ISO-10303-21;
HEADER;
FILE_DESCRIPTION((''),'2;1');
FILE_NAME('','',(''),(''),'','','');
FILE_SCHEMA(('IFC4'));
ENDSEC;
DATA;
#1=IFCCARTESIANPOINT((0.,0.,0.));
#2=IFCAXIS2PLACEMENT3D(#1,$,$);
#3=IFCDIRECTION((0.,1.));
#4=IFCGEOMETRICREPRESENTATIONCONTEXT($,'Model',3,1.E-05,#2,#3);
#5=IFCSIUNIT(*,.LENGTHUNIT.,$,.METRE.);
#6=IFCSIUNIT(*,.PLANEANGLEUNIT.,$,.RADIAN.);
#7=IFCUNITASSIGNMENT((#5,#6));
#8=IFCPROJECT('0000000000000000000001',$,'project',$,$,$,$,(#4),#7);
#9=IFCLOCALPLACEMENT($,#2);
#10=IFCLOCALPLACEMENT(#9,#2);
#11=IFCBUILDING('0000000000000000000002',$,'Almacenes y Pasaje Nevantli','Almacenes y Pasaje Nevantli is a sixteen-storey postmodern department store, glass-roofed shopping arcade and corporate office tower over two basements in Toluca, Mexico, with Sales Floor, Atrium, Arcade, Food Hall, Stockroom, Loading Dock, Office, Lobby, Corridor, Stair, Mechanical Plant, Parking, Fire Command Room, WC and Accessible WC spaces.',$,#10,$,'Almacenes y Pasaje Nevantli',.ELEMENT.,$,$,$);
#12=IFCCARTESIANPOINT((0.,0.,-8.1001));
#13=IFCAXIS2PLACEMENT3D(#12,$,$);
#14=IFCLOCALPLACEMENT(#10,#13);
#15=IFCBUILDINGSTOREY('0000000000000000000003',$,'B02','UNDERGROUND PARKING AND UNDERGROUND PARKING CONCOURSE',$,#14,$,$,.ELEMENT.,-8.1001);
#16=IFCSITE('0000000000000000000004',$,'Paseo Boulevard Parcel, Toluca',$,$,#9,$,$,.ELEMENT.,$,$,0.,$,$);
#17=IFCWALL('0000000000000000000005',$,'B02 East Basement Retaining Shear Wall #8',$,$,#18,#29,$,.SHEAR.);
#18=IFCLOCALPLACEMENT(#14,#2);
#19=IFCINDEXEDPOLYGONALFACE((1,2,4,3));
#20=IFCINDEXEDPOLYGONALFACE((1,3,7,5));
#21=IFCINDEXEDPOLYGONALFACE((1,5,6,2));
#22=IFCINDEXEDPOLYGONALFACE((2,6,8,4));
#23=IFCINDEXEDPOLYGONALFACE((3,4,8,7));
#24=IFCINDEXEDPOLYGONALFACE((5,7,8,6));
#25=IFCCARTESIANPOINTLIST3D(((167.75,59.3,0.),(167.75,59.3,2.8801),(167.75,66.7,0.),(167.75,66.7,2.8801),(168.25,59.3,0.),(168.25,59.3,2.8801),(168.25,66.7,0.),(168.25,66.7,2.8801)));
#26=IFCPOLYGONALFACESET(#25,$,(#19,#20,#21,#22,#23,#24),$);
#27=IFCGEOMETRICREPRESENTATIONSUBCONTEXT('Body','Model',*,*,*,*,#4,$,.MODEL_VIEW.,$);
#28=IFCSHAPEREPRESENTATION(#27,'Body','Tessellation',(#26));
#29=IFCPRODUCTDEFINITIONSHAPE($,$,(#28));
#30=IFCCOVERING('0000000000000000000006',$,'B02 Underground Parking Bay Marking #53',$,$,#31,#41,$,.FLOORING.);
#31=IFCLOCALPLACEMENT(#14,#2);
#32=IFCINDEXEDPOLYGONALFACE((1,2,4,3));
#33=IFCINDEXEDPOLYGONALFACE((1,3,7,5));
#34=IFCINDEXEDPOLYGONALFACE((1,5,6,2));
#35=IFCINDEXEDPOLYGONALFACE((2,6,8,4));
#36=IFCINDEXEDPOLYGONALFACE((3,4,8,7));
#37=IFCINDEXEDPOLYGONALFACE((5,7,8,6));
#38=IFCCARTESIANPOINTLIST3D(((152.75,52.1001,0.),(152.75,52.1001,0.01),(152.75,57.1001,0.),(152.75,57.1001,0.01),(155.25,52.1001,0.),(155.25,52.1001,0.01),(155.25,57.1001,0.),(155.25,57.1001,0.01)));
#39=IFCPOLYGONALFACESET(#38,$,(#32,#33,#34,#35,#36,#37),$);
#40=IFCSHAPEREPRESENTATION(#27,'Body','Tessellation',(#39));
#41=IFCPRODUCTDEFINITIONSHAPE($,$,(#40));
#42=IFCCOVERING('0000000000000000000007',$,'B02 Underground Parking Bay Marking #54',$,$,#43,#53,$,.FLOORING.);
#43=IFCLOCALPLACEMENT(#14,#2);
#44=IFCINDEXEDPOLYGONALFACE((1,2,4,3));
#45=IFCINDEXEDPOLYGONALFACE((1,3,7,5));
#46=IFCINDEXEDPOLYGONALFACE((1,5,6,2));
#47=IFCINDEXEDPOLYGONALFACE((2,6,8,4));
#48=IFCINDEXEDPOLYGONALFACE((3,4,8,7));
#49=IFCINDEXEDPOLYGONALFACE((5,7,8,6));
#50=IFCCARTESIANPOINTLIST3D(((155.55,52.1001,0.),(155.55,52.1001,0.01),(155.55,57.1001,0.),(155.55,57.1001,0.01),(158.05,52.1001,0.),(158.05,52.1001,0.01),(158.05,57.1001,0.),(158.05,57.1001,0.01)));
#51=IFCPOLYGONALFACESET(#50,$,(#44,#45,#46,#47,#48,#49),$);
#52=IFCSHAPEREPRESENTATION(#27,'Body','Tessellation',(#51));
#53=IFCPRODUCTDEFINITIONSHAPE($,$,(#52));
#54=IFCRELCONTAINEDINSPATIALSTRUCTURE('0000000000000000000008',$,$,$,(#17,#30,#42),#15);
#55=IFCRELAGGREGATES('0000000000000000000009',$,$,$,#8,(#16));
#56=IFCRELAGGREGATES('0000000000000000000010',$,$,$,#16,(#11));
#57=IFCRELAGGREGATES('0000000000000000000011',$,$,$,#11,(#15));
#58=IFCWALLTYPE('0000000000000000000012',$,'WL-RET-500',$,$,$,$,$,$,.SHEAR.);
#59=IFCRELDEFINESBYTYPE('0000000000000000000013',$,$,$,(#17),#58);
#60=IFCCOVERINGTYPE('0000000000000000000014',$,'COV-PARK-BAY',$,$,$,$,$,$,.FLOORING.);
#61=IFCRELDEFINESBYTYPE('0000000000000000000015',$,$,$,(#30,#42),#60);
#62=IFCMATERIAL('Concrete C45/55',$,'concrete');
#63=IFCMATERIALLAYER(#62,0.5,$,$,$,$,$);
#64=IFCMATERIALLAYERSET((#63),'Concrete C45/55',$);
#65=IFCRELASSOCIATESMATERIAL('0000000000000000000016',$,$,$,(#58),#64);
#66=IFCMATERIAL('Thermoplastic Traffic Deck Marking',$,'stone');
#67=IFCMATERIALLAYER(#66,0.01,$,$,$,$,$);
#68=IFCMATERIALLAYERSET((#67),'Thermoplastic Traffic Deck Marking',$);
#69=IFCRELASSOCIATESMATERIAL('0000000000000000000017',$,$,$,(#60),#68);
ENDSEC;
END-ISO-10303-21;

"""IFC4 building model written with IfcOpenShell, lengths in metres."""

from ifc_helpers import new_model, si_unit, direction, frame, frame_2d, origin, origin_2d, place, context, subcontext, project, spatial, rectangle, extrude, material, layer, layer_set, type_object, element, save


model = new_model("IFC4")

# Units and contexts
model_context = context("Model", 3, precision=1e-05, world=origin(), true_north=direction((0.0, 1.0)))
body_context = subcontext(model_context, "Body", "Model", "MODEL_VIEW")
ifc_project = project(units=[si_unit("LENGTHUNIT", "METRE"), si_unit("PLANEANGLEUNIT", "RADIAN")], contexts=[model_context])

# Site, building, storey
site_placement = place(None, origin())
site = spatial("IfcSite", under=ifc_project, at=site_placement, Name="Paseo Boulevard Parcel, Toluca", CompositionType="ELEMENT", RefElevation=0.0)
building_placement = place(site_placement, origin())
building = spatial("IfcBuilding", under=site, at=building_placement, Name="Almacenes y Pasaje Nevantli", Description="Almacenes y Pasaje Nevantli is a sixteen-storey postmodern department store, glass-roofed shopping arcade and corporate office tower over two basements in Toluca, Mexico, with Sales Floor, Atrium, Arcade, Food Hall, Stockroom, Loading Dock, Office, Lobby, Corridor, Stair, Mechanical Plant, Parking, Fire Command Room, WC and Accessible WC spaces.", LongName="Almacenes y Pasaje Nevantli", CompositionType="ELEMENT")
storey_placement = place(building_placement, frame((0.0, 0.0, -8.1001)))
storey = spatial("IfcBuildingStorey", under=building, at=storey_placement, Name="B02", Description="UNDERGROUND PARKING AND UNDERGROUND PARKING CONCOURSE", CompositionType="ELEMENT", Elevation=-8.1001)

# Wall
ifc_material_1 = material(Name="Concrete C45/55", Category="concrete")
ifc_layer_1 = layer(ifc_material_1, 0.5)
ifc_layer_set_1 = layer_set([ifc_layer_1], Name="Concrete C45/55")
wall_type = type_object("IfcWallType", Name="WL-RET-500", PredefinedType="SHEAR", material=ifc_layer_set_1)
wall_1_placement = place(storey_placement, frame((168.0, 59.3, 0.0), z_axis=(0.0, 0.0, 1.0), x_axis=(0.0, 1.0, 0.0)))
element("IfcWall", 1, at=wall_1_placement, inside=storey, type_object=wall_type, Name="B02 East Basement Retaining Shear Wall #8", PredefinedType="SHEAR", context=body_context, shape_type="SweptSolid", body=[
    extrude(rectangle(XDim=7.3999, YDim=0.5, at=frame_2d((3.7, 0.0))), origin(), (0.0, 0.0, 1.0), 2.8801),
])

# Coverings
ifc_material_2 = material(Name="Thermoplastic Traffic Deck Marking", Category="stone")
ifc_layer_2 = layer(ifc_material_2, 0.01)
ifc_layer_set_2 = layer_set([ifc_layer_2], Name="Thermoplastic Traffic Deck Marking")
covering_type = type_object("IfcCoveringType", Name="COV-PARK-BAY", PredefinedType="FLOORING", material=ifc_layer_set_2)
for number, where, z_axis, x_axis, name in (
    (2, (154.0, 54.6001, 0.0), (0.0, 0.0, 1.0), (1.0, 0.0, 0.0), "B02 Underground Parking Bay Marking #53"),
    (3, (156.8, 54.6001, 0.0), (0.0, 0.0, 1.0), (1.0, 0.0, 0.0), "B02 Underground Parking Bay Marking #54"),
):
    element("IfcCovering", number, at=place(storey_placement, frame(where, z_axis=z_axis, x_axis=x_axis)), inside=storey, type_object=covering_type, Name=name, PredefinedType="FLOORING", context=body_context, shape_type="SweptSolid", body=[
        extrude(rectangle(XDim=2.5, YDim=5.0, at=origin_2d()), origin(), (0.0, 0.0, 1.0), 0.01),
    ])

save(model, "model.ifc")
